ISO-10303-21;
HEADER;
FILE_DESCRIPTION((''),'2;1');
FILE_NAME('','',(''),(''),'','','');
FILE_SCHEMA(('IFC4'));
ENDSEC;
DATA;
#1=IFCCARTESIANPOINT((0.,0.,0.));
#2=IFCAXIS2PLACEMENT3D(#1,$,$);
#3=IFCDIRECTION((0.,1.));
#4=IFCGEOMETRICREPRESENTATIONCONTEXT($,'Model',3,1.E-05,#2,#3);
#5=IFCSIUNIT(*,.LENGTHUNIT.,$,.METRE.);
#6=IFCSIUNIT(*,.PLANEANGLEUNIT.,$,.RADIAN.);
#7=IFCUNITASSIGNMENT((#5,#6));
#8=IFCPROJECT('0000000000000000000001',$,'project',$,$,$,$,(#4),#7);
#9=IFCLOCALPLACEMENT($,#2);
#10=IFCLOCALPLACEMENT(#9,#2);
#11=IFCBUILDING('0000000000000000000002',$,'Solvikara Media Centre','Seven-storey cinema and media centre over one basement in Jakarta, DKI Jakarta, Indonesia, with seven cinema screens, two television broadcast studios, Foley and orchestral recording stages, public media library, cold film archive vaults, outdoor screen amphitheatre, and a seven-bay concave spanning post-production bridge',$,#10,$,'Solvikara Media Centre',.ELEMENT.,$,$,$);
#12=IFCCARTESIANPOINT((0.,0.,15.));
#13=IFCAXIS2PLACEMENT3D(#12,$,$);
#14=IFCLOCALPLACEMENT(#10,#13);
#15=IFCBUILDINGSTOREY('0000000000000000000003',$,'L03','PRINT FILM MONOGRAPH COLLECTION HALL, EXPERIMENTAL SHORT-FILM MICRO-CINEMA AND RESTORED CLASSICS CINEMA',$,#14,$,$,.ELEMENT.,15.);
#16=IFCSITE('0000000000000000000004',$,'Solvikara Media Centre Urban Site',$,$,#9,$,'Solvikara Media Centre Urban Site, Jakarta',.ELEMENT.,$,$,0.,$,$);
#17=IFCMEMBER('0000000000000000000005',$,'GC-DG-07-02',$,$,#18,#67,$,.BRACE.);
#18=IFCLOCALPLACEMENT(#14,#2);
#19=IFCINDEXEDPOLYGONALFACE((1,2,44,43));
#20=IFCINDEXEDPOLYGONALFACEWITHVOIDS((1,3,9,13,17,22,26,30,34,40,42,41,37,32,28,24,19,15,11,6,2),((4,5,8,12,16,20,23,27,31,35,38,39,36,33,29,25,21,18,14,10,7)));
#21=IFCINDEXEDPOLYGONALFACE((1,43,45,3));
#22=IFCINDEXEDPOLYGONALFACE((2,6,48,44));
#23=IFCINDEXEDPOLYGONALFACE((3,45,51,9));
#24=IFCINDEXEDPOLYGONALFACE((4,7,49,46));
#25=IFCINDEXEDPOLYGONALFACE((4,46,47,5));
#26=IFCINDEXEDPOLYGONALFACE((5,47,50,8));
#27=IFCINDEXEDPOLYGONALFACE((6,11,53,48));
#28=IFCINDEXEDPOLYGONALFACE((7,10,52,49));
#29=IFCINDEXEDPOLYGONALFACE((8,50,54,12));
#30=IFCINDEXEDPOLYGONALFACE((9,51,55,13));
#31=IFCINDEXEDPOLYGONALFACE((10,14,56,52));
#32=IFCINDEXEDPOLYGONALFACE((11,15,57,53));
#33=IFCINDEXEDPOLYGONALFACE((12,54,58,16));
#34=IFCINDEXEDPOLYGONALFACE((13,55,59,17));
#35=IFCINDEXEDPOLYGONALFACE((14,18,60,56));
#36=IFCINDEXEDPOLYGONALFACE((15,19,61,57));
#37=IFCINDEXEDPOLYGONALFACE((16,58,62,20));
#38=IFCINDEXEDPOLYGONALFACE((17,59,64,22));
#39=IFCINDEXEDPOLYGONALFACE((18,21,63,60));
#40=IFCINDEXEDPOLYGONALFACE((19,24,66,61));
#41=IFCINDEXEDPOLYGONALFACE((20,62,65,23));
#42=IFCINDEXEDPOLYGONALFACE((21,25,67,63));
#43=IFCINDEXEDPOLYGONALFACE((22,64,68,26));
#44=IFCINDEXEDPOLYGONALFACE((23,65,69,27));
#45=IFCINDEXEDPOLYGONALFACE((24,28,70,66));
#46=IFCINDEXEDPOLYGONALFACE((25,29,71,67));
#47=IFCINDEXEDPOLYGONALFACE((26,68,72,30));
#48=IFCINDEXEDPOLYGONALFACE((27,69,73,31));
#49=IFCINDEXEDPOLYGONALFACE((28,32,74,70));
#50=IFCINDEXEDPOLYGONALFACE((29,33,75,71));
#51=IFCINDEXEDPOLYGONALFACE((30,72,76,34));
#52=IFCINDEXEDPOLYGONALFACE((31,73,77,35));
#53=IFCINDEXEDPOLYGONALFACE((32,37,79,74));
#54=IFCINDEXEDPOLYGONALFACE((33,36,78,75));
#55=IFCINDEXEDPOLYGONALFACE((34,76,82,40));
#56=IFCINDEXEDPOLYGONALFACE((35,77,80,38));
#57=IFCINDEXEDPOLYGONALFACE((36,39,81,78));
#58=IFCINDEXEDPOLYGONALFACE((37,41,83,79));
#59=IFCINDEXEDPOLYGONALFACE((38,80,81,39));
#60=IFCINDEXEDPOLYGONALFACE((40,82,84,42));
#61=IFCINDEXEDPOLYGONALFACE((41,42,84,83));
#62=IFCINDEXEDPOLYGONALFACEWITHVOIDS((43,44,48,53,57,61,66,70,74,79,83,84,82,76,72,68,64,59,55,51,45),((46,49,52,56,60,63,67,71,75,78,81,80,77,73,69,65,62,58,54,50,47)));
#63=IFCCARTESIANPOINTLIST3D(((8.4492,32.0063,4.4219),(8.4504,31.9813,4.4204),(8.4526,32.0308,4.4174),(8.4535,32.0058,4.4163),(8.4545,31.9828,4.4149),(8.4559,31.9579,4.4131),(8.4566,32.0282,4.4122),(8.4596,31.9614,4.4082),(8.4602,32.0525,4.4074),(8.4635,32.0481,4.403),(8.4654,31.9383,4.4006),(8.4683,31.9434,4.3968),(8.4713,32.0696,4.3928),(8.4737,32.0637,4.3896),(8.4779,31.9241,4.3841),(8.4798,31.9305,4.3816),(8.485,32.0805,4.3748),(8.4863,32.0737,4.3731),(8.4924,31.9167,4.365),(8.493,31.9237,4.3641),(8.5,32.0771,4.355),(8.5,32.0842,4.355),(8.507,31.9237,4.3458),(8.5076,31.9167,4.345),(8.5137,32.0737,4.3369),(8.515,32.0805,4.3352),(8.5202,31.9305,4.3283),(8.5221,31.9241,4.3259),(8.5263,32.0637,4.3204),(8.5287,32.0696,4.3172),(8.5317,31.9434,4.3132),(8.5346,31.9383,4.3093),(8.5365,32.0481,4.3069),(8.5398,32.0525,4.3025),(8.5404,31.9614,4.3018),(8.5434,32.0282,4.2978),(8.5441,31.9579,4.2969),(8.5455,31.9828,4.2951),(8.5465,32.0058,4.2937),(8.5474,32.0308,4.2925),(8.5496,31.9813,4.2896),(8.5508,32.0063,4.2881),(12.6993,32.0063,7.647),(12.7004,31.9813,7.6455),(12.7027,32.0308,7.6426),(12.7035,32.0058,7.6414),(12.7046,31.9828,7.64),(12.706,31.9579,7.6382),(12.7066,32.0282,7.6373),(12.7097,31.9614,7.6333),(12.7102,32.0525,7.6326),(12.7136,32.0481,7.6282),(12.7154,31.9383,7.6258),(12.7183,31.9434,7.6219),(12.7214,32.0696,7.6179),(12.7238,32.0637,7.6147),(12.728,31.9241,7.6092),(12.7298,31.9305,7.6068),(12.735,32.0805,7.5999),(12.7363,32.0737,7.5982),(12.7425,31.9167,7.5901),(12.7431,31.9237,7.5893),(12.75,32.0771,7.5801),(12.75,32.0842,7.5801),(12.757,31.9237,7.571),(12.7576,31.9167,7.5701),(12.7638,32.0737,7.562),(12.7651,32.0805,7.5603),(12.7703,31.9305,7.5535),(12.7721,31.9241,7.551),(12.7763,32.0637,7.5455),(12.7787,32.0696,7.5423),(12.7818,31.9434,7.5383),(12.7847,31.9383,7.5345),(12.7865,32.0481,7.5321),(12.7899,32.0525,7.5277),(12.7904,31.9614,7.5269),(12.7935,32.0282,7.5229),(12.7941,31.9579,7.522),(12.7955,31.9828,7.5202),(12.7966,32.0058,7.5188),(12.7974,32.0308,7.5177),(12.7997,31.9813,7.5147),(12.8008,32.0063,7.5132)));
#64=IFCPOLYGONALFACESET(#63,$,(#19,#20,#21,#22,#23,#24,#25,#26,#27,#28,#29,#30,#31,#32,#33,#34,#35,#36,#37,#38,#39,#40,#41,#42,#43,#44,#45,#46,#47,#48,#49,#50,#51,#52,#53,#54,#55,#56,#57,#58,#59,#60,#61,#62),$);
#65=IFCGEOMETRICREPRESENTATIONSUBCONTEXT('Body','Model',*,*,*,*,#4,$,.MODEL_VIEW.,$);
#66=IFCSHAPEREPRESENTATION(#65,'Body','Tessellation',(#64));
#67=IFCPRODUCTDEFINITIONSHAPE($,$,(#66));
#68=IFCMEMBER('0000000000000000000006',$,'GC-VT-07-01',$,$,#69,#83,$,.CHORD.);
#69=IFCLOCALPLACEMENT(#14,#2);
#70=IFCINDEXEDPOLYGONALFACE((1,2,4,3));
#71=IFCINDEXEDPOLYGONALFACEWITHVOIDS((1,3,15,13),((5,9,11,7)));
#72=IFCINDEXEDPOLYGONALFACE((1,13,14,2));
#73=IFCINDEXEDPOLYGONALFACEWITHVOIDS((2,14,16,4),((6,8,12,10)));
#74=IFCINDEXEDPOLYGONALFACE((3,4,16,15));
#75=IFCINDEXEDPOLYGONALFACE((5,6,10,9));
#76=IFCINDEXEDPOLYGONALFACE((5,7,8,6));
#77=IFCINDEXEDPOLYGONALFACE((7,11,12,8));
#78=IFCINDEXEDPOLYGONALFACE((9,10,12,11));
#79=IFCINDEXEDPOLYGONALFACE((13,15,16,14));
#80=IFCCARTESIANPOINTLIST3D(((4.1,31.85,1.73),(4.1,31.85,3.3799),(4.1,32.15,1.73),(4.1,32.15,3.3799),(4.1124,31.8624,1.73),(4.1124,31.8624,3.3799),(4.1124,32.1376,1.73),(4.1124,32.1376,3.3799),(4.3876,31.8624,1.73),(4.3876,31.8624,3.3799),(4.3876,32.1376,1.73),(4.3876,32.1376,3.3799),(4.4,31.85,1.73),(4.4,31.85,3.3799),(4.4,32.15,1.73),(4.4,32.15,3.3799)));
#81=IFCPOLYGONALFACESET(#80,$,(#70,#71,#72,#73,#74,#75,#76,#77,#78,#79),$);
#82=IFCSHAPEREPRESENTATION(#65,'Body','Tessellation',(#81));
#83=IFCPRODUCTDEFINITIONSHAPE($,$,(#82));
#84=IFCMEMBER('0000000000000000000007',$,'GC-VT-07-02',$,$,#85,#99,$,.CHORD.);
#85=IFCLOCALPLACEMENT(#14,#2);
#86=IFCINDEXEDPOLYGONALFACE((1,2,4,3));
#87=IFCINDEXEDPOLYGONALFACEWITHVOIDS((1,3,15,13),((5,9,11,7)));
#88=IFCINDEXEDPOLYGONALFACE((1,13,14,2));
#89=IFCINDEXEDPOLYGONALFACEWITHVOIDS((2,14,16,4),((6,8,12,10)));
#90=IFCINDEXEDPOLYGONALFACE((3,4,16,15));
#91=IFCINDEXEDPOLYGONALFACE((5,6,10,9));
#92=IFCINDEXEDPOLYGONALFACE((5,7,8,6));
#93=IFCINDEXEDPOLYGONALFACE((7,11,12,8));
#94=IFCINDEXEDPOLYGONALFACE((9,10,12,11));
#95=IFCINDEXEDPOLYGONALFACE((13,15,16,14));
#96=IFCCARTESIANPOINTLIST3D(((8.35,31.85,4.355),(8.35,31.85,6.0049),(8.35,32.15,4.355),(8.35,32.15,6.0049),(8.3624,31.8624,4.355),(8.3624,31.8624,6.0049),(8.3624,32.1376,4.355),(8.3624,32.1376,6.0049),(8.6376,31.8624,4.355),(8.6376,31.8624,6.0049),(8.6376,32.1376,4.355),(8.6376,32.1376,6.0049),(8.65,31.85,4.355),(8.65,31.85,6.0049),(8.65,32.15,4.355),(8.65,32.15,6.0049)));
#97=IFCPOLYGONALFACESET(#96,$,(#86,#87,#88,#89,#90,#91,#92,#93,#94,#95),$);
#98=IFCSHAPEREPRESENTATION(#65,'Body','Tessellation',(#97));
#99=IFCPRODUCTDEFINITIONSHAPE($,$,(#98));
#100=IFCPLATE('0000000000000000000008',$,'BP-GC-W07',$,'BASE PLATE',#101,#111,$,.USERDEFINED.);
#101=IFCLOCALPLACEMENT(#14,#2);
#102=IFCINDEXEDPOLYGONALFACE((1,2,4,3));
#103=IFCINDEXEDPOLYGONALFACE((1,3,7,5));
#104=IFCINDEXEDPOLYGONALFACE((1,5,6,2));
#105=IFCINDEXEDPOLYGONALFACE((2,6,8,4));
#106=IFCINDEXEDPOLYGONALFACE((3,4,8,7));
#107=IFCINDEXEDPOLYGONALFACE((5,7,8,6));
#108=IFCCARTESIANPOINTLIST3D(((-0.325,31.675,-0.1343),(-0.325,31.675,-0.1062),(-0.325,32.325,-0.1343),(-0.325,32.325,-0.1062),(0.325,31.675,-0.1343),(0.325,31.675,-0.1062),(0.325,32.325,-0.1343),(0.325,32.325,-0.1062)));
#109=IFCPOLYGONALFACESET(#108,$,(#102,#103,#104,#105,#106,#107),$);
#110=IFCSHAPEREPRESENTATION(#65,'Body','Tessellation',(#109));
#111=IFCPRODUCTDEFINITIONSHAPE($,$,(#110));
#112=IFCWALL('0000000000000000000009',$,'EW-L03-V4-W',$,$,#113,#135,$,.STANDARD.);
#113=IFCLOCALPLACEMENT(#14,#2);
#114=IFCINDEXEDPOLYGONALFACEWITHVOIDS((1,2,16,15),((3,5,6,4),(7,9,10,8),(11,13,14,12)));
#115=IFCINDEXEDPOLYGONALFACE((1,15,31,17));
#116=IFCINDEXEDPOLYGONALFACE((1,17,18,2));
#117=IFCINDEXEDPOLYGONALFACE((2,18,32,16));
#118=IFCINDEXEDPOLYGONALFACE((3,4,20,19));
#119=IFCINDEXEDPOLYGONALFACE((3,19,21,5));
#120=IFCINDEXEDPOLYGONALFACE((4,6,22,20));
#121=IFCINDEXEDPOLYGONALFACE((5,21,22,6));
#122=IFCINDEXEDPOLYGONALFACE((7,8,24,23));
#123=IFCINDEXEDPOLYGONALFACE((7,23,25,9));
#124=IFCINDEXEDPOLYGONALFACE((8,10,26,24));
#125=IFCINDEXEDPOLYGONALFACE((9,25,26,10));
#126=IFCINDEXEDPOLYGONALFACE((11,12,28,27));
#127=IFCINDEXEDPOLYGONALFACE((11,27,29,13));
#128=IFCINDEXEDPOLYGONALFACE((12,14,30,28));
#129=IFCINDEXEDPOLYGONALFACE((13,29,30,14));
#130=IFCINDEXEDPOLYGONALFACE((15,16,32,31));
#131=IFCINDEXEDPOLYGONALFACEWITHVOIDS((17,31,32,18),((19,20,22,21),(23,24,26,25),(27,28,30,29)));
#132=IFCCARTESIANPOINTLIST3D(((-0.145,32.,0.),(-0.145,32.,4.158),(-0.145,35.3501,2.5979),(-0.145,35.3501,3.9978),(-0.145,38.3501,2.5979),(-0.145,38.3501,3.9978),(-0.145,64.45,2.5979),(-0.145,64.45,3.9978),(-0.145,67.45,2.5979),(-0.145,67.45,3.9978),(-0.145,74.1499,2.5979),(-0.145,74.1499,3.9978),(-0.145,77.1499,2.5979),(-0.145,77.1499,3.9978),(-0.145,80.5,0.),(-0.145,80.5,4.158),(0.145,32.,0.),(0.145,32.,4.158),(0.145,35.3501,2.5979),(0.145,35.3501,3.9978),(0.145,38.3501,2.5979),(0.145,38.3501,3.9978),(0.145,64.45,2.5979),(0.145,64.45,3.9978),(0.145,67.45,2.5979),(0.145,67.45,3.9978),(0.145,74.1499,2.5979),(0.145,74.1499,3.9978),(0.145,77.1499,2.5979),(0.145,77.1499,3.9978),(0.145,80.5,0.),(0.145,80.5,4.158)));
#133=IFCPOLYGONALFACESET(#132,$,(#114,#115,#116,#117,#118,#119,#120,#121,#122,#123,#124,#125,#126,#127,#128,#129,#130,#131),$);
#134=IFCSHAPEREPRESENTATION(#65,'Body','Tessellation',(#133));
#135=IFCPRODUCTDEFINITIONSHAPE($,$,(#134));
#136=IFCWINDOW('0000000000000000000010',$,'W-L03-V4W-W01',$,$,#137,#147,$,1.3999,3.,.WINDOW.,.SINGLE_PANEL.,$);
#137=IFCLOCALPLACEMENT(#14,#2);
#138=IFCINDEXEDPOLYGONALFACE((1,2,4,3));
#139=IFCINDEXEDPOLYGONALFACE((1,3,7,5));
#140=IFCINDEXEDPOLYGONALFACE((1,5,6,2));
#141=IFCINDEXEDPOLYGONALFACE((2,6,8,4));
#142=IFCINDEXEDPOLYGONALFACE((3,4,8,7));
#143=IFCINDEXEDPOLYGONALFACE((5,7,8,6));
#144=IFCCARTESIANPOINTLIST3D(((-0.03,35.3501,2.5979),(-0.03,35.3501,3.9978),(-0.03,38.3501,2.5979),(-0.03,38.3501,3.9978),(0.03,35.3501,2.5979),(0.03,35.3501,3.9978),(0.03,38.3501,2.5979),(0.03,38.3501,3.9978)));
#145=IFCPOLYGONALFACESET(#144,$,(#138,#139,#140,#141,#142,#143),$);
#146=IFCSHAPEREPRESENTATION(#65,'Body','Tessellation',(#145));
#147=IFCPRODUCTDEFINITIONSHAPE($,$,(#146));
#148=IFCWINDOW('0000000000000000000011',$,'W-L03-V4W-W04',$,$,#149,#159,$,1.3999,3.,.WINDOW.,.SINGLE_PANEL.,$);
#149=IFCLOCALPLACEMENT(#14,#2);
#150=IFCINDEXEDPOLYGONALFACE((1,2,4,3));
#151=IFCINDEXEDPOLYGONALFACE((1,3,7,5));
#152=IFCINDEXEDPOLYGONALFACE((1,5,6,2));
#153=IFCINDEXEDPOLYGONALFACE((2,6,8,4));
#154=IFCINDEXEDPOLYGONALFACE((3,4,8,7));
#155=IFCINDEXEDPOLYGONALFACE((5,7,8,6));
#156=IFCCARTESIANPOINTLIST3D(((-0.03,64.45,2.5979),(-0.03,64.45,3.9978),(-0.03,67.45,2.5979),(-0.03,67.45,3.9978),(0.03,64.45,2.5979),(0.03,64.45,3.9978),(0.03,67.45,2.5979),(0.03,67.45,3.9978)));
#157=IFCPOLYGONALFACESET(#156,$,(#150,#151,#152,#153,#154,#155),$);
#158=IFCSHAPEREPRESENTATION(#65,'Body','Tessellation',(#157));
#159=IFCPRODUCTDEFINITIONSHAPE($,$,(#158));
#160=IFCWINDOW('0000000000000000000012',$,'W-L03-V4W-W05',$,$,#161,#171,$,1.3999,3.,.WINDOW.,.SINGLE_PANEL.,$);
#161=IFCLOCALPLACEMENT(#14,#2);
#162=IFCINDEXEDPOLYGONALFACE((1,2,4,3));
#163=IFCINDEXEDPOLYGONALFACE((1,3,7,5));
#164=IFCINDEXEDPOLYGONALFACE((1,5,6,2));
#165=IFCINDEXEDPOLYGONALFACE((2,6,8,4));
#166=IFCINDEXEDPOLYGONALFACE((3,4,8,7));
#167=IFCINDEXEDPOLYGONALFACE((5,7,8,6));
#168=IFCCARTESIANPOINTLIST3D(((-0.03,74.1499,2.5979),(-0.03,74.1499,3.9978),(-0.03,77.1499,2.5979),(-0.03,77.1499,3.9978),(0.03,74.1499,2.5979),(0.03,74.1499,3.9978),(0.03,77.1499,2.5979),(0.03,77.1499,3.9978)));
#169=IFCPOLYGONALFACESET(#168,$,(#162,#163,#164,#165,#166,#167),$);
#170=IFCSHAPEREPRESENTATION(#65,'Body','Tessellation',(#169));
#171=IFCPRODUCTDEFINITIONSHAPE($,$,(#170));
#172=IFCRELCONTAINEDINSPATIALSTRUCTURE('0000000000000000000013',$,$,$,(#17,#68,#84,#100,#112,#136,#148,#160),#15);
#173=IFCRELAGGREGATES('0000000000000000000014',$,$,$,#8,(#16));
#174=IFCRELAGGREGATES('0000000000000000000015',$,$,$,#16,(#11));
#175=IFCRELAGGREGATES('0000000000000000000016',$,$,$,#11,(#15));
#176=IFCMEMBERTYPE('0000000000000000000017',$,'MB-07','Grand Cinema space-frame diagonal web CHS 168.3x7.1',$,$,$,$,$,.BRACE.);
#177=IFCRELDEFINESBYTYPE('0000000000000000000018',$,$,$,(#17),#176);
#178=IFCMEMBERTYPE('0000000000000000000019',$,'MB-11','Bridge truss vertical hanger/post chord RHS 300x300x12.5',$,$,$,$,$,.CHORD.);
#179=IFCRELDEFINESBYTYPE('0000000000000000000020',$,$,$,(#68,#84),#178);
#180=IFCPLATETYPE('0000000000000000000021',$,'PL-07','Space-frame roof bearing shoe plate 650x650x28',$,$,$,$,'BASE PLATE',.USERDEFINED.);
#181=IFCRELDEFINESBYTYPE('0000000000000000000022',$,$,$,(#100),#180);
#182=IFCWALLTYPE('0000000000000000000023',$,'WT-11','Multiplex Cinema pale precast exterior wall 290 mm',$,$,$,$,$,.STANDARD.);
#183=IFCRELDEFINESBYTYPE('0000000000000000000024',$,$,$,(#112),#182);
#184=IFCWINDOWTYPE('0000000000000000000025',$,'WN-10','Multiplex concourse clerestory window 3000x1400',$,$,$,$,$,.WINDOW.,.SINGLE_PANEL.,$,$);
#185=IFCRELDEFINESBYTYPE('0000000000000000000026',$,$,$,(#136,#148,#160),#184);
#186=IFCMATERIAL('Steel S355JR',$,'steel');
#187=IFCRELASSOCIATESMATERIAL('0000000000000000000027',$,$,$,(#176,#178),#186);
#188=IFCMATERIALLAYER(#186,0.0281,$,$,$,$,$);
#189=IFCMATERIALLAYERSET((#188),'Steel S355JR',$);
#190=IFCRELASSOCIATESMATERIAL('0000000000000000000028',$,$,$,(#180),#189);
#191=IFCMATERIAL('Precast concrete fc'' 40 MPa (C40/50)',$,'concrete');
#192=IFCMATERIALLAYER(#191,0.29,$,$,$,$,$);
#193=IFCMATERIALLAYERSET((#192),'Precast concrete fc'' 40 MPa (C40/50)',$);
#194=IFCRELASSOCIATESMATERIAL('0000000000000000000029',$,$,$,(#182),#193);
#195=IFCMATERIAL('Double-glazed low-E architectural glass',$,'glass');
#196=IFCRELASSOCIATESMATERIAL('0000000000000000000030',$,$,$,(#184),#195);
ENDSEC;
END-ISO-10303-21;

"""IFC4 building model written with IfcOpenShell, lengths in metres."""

from ifc_helpers import new_model, si_unit, direction, frame, frame_2d, origin, origin_2d, place, context, subcontext, project, spatial, rectangle, hollow_rectangle, hollow_circle, extrude, material, layer, layer_set, material_profile, profile_set, type_object, element, fill, save


model = new_model("IFC4")

# Units and contexts
model_context = context("Model", 3, precision=1e-05, world=origin(), true_north=direction((0.0, 1.0)))
body_context = subcontext(model_context, "Body", "Model", "MODEL_VIEW")
ifc_project = project(units=[si_unit("LENGTHUNIT", "METRE"), si_unit("PLANEANGLEUNIT", "RADIAN")], contexts=[model_context])

# Site, building, storey
site_placement = place(None, origin())
site = spatial("IfcSite", under=ifc_project, at=site_placement, Name="Solvikara Media Centre Urban Site", LongName="Solvikara Media Centre Urban Site, Jakarta", CompositionType="ELEMENT", RefElevation=0.0)
building_placement = place(site_placement, origin())
building = spatial("IfcBuilding", under=site, at=building_placement, Name="Solvikara Media Centre", Description="Seven-storey cinema and media centre over one basement in Jakarta, DKI Jakarta, Indonesia, with seven cinema screens, two television broadcast studios, Foley and orchestral recording stages, public media library, cold film archive vaults, outdoor screen amphitheatre, and a seven-bay concave spanning post-production bridge", LongName="Solvikara Media Centre", CompositionType="ELEMENT")
storey_placement = place(building_placement, frame((0.0, 0.0, 15.0)))
storey = spatial("IfcBuildingStorey", under=building, at=storey_placement, Name="L03", Description="PRINT FILM MONOGRAPH COLLECTION HALL, EXPERIMENTAL SHORT-FILM MICRO-CINEMA AND RESTORED CLASSICS CINEMA", CompositionType="ELEMENT", Elevation=15.0)

# Shared definitions
ifc_material_1 = material(Name="Steel S355JR", Category="steel")

# Members
ifc_material_profile_1 = material_profile(ifc_material_1, hollow_circle(Radius=0.0842, WallThickness=0.0071, at=origin_2d()), Name="CHS 168.3x7.1")
ifc_profile_set_1 = profile_set([ifc_material_profile_1], Name="Steel S355JR")
member_type_1 = type_object("IfcMemberType", Name="MB-07", Description="Grand Cinema space-frame diagonal web CHS 168.3x7.1", PredefinedType="BRACE", material=ifc_profile_set_1)
member_1_placement = place(storey_placement, frame((8.5, 32.0, 4.355), z_axis=(0.796605, 0.0, 0.604501), x_axis=(0.0, 1.0, 0.0)))
element("IfcMember", 1, at=member_1_placement, inside=storey, type_object=member_type_1, Name="GC-DG-07-02", PredefinedType="BRACE", context=body_context, shape_type="SweptSolid", body=[
    extrude(hollow_circle(Radius=0.0842, WallThickness=0.0071, at=origin_2d()), origin(), (0.0, 0.0, 1.0), 5.3352),
])
ifc_material_profile_2 = material_profile(ifc_material_1, hollow_rectangle(XDim=0.3, YDim=0.3, WallThickness=0.0125, at=origin_2d()), Name="RHS 300x300x12.5")
ifc_profile_set_2 = profile_set([ifc_material_profile_2], Name="Steel S355JR")
member_type_2 = type_object("IfcMemberType", Name="MB-11", Description="Bridge truss vertical hanger/post chord RHS 300x300x12.5", PredefinedType="CHORD", material=ifc_profile_set_2)
for number, where, z_axis, x_axis, name in (
    (2, (4.25, 32.0, 1.73), (0.0, 0.0, 1.0), (1.0, 0.0, 0.0), "GC-VT-07-01"),
    (3, (8.5, 32.0, 4.355), (0.0, 0.0, 1.0), (1.0, 0.0, 0.0), "GC-VT-07-02"),
):
    element("IfcMember", number, at=place(storey_placement, frame(where, z_axis=z_axis, x_axis=x_axis)), inside=storey, type_object=member_type_2, Name=name, PredefinedType="CHORD", context=body_context, shape_type="SweptSolid", body=[
        extrude(hollow_rectangle(XDim=0.3, YDim=0.3, WallThickness=0.0125, at=origin_2d()), origin(), (0.0, 0.0, 1.0), 1.6499),
    ])

# Plate
ifc_layer_1 = layer(ifc_material_1, 0.0281)
ifc_layer_set_1 = layer_set([ifc_layer_1], Name="Steel S355JR")
plate_type = type_object("IfcPlateType", Name="PL-07", Description="Space-frame roof bearing shoe plate 650x650x28", ElementType="BASE PLATE", PredefinedType="USERDEFINED", material=ifc_layer_set_1)
plate_placement = place(storey_placement, frame((0.0, 32.0, -0.1343), z_axis=(0.0, 0.0, 1.0), x_axis=(1.0, 0.0, 0.0)))
element("IfcPlate", 4, at=plate_placement, inside=storey, type_object=plate_type, Name="BP-GC-W07", ObjectType="BASE PLATE", PredefinedType="USERDEFINED", context=body_context, shape_type="SweptSolid", body=[
    extrude(rectangle(XDim=0.6499, YDim=0.6499, at=origin_2d()), origin(), (0.0, 0.0, 1.0), 0.0281),
])

# Wall, openings, windows
ifc_material_2 = material(Name="Precast concrete fc' 40 MPa (C40/50)", Category="concrete")
ifc_layer_2 = layer(ifc_material_2, 0.29)
ifc_layer_set_2 = layer_set([ifc_layer_2], Name="Precast concrete fc' 40 MPa (C40/50)")
wall_type = type_object("IfcWallType", Name="WT-11", Description="Multiplex Cinema pale precast exterior wall 290 mm", PredefinedType="STANDARD", material=ifc_layer_set_2)
wall_1_placement = place(storey_placement, frame((0.0, 32.0, 0.0), z_axis=(0.0, 0.0, 1.0), x_axis=(0.0, 1.0, 0.0)))
wall_1 = element("IfcWall", 5, at=wall_1_placement, inside=storey, type_object=wall_type, Name="EW-L03-V4-W", PredefinedType="STANDARD", context=body_context, shape_type="SweptSolid", body=[
    extrude(rectangle(XDim=48.5, YDim=0.29, at=frame_2d((24.25, 0.0))), origin(), (0.0, 0.0, 1.0), 4.158),
])
opening_1_placement = place(wall_1_placement, frame((3.3501, 0.0, 2.5979)))
opening_1 = element("IfcOpeningElement", 6, at=opening_1_placement, cuts=wall_1, PredefinedType="OPENING", context=body_context, shape_type="SweptSolid", body=[
    extrude(rectangle(XDim=3.0, YDim=1.3999, at=frame_2d((1.5, 0.7))), frame((0.0, 0.157, 0.0), z_axis=(0.0, -1.0, 0.0), x_axis=(1.0, 0.0, 0.0)), (0.0, 0.0, 1.0), 0.314),
])
opening_2_placement = place(wall_1_placement, frame((32.45, 0.0, 2.5979)))
opening_2 = element("IfcOpeningElement", 7, at=opening_2_placement, cuts=wall_1, PredefinedType="OPENING", context=body_context, shape_type="SweptSolid", body=[
    extrude(rectangle(XDim=3.0, YDim=1.3999, at=frame_2d((1.5, 0.7))), frame((0.0, 0.157, 0.0), z_axis=(0.0, -1.0, 0.0), x_axis=(1.0, 0.0, 0.0)), (0.0, 0.0, 1.0), 0.314),
])
opening_3_placement = place(wall_1_placement, frame((42.1499, 0.0, 2.5979)))
opening_3 = element("IfcOpeningElement", 8, at=opening_3_placement, cuts=wall_1, PredefinedType="OPENING", context=body_context, shape_type="SweptSolid", body=[
    extrude(rectangle(XDim=3.0, YDim=1.3999, at=frame_2d((1.5, 0.7))), frame((0.0, 0.157, 0.0), z_axis=(0.0, -1.0, 0.0), x_axis=(1.0, 0.0, 0.0)), (0.0, 0.0, 1.0), 0.314),
])
ifc_material_3 = material(Name="Double-glazed low-E architectural glass", Category="glass")
window_type = type_object("IfcWindowType", Name="WN-10", Description="Multiplex concourse clerestory window 3000x1400", PartitioningType="SINGLE_PANEL", PredefinedType="WINDOW", material=ifc_material_3)
window_1_placement = place(opening_1_placement, origin())
window_1 = element("IfcWindow", 9, at=window_1_placement, inside=storey, type_object=window_type, Name="W-L03-V4W-W01", OverallHeight=1.3999, OverallWidth=3.0, PartitioningType="SINGLE_PANEL", PredefinedType="WINDOW", context=body_context, shape_type="SweptSolid", body=[
    extrude(rectangle(XDim=3.0, YDim=1.3999, at=frame_2d((1.5, 0.7))), frame((0.0, 0.03, 0.0), z_axis=(0.0, -1.0, 0.0), x_axis=(1.0, 0.0, 0.0)), (0.0, 0.0, 1.0), 0.0601),
])
fill(opening_1, window_1)
window_2_placement = place(opening_2_placement, origin())
window_2 = element("IfcWindow", 10, at=window_2_placement, inside=storey, type_object=window_type, Name="W-L03-V4W-W04", OverallHeight=1.3999, OverallWidth=3.0, PartitioningType="SINGLE_PANEL", PredefinedType="WINDOW", context=body_context, shape_type="SweptSolid", body=[
    extrude(rectangle(XDim=3.0, YDim=1.3999, at=frame_2d((1.5, 0.7))), frame((0.0, 0.03, 0.0), z_axis=(0.0, -1.0, 0.0), x_axis=(1.0, 0.0, 0.0)), (0.0, 0.0, 1.0), 0.0601),
])
fill(opening_2, window_2)
window_3_placement = place(opening_3_placement, origin())
window_3 = element("IfcWindow", 11, at=window_3_placement, inside=storey, type_object=window_type, Name="W-L03-V4W-W05", OverallHeight=1.3999, OverallWidth=3.0, PartitioningType="SINGLE_PANEL", PredefinedType="WINDOW", context=body_context, shape_type="SweptSolid", body=[
    extrude(rectangle(XDim=3.0, YDim=1.3999, at=frame_2d((1.5, 0.7))), frame((0.0, 0.03, 0.0), z_axis=(0.0, -1.0, 0.0), x_axis=(1.0, 0.0, 0.0)), (0.0, 0.0, 1.0), 0.0601),
])
fill(opening_3, window_3)

save(model, "model.ifc")
